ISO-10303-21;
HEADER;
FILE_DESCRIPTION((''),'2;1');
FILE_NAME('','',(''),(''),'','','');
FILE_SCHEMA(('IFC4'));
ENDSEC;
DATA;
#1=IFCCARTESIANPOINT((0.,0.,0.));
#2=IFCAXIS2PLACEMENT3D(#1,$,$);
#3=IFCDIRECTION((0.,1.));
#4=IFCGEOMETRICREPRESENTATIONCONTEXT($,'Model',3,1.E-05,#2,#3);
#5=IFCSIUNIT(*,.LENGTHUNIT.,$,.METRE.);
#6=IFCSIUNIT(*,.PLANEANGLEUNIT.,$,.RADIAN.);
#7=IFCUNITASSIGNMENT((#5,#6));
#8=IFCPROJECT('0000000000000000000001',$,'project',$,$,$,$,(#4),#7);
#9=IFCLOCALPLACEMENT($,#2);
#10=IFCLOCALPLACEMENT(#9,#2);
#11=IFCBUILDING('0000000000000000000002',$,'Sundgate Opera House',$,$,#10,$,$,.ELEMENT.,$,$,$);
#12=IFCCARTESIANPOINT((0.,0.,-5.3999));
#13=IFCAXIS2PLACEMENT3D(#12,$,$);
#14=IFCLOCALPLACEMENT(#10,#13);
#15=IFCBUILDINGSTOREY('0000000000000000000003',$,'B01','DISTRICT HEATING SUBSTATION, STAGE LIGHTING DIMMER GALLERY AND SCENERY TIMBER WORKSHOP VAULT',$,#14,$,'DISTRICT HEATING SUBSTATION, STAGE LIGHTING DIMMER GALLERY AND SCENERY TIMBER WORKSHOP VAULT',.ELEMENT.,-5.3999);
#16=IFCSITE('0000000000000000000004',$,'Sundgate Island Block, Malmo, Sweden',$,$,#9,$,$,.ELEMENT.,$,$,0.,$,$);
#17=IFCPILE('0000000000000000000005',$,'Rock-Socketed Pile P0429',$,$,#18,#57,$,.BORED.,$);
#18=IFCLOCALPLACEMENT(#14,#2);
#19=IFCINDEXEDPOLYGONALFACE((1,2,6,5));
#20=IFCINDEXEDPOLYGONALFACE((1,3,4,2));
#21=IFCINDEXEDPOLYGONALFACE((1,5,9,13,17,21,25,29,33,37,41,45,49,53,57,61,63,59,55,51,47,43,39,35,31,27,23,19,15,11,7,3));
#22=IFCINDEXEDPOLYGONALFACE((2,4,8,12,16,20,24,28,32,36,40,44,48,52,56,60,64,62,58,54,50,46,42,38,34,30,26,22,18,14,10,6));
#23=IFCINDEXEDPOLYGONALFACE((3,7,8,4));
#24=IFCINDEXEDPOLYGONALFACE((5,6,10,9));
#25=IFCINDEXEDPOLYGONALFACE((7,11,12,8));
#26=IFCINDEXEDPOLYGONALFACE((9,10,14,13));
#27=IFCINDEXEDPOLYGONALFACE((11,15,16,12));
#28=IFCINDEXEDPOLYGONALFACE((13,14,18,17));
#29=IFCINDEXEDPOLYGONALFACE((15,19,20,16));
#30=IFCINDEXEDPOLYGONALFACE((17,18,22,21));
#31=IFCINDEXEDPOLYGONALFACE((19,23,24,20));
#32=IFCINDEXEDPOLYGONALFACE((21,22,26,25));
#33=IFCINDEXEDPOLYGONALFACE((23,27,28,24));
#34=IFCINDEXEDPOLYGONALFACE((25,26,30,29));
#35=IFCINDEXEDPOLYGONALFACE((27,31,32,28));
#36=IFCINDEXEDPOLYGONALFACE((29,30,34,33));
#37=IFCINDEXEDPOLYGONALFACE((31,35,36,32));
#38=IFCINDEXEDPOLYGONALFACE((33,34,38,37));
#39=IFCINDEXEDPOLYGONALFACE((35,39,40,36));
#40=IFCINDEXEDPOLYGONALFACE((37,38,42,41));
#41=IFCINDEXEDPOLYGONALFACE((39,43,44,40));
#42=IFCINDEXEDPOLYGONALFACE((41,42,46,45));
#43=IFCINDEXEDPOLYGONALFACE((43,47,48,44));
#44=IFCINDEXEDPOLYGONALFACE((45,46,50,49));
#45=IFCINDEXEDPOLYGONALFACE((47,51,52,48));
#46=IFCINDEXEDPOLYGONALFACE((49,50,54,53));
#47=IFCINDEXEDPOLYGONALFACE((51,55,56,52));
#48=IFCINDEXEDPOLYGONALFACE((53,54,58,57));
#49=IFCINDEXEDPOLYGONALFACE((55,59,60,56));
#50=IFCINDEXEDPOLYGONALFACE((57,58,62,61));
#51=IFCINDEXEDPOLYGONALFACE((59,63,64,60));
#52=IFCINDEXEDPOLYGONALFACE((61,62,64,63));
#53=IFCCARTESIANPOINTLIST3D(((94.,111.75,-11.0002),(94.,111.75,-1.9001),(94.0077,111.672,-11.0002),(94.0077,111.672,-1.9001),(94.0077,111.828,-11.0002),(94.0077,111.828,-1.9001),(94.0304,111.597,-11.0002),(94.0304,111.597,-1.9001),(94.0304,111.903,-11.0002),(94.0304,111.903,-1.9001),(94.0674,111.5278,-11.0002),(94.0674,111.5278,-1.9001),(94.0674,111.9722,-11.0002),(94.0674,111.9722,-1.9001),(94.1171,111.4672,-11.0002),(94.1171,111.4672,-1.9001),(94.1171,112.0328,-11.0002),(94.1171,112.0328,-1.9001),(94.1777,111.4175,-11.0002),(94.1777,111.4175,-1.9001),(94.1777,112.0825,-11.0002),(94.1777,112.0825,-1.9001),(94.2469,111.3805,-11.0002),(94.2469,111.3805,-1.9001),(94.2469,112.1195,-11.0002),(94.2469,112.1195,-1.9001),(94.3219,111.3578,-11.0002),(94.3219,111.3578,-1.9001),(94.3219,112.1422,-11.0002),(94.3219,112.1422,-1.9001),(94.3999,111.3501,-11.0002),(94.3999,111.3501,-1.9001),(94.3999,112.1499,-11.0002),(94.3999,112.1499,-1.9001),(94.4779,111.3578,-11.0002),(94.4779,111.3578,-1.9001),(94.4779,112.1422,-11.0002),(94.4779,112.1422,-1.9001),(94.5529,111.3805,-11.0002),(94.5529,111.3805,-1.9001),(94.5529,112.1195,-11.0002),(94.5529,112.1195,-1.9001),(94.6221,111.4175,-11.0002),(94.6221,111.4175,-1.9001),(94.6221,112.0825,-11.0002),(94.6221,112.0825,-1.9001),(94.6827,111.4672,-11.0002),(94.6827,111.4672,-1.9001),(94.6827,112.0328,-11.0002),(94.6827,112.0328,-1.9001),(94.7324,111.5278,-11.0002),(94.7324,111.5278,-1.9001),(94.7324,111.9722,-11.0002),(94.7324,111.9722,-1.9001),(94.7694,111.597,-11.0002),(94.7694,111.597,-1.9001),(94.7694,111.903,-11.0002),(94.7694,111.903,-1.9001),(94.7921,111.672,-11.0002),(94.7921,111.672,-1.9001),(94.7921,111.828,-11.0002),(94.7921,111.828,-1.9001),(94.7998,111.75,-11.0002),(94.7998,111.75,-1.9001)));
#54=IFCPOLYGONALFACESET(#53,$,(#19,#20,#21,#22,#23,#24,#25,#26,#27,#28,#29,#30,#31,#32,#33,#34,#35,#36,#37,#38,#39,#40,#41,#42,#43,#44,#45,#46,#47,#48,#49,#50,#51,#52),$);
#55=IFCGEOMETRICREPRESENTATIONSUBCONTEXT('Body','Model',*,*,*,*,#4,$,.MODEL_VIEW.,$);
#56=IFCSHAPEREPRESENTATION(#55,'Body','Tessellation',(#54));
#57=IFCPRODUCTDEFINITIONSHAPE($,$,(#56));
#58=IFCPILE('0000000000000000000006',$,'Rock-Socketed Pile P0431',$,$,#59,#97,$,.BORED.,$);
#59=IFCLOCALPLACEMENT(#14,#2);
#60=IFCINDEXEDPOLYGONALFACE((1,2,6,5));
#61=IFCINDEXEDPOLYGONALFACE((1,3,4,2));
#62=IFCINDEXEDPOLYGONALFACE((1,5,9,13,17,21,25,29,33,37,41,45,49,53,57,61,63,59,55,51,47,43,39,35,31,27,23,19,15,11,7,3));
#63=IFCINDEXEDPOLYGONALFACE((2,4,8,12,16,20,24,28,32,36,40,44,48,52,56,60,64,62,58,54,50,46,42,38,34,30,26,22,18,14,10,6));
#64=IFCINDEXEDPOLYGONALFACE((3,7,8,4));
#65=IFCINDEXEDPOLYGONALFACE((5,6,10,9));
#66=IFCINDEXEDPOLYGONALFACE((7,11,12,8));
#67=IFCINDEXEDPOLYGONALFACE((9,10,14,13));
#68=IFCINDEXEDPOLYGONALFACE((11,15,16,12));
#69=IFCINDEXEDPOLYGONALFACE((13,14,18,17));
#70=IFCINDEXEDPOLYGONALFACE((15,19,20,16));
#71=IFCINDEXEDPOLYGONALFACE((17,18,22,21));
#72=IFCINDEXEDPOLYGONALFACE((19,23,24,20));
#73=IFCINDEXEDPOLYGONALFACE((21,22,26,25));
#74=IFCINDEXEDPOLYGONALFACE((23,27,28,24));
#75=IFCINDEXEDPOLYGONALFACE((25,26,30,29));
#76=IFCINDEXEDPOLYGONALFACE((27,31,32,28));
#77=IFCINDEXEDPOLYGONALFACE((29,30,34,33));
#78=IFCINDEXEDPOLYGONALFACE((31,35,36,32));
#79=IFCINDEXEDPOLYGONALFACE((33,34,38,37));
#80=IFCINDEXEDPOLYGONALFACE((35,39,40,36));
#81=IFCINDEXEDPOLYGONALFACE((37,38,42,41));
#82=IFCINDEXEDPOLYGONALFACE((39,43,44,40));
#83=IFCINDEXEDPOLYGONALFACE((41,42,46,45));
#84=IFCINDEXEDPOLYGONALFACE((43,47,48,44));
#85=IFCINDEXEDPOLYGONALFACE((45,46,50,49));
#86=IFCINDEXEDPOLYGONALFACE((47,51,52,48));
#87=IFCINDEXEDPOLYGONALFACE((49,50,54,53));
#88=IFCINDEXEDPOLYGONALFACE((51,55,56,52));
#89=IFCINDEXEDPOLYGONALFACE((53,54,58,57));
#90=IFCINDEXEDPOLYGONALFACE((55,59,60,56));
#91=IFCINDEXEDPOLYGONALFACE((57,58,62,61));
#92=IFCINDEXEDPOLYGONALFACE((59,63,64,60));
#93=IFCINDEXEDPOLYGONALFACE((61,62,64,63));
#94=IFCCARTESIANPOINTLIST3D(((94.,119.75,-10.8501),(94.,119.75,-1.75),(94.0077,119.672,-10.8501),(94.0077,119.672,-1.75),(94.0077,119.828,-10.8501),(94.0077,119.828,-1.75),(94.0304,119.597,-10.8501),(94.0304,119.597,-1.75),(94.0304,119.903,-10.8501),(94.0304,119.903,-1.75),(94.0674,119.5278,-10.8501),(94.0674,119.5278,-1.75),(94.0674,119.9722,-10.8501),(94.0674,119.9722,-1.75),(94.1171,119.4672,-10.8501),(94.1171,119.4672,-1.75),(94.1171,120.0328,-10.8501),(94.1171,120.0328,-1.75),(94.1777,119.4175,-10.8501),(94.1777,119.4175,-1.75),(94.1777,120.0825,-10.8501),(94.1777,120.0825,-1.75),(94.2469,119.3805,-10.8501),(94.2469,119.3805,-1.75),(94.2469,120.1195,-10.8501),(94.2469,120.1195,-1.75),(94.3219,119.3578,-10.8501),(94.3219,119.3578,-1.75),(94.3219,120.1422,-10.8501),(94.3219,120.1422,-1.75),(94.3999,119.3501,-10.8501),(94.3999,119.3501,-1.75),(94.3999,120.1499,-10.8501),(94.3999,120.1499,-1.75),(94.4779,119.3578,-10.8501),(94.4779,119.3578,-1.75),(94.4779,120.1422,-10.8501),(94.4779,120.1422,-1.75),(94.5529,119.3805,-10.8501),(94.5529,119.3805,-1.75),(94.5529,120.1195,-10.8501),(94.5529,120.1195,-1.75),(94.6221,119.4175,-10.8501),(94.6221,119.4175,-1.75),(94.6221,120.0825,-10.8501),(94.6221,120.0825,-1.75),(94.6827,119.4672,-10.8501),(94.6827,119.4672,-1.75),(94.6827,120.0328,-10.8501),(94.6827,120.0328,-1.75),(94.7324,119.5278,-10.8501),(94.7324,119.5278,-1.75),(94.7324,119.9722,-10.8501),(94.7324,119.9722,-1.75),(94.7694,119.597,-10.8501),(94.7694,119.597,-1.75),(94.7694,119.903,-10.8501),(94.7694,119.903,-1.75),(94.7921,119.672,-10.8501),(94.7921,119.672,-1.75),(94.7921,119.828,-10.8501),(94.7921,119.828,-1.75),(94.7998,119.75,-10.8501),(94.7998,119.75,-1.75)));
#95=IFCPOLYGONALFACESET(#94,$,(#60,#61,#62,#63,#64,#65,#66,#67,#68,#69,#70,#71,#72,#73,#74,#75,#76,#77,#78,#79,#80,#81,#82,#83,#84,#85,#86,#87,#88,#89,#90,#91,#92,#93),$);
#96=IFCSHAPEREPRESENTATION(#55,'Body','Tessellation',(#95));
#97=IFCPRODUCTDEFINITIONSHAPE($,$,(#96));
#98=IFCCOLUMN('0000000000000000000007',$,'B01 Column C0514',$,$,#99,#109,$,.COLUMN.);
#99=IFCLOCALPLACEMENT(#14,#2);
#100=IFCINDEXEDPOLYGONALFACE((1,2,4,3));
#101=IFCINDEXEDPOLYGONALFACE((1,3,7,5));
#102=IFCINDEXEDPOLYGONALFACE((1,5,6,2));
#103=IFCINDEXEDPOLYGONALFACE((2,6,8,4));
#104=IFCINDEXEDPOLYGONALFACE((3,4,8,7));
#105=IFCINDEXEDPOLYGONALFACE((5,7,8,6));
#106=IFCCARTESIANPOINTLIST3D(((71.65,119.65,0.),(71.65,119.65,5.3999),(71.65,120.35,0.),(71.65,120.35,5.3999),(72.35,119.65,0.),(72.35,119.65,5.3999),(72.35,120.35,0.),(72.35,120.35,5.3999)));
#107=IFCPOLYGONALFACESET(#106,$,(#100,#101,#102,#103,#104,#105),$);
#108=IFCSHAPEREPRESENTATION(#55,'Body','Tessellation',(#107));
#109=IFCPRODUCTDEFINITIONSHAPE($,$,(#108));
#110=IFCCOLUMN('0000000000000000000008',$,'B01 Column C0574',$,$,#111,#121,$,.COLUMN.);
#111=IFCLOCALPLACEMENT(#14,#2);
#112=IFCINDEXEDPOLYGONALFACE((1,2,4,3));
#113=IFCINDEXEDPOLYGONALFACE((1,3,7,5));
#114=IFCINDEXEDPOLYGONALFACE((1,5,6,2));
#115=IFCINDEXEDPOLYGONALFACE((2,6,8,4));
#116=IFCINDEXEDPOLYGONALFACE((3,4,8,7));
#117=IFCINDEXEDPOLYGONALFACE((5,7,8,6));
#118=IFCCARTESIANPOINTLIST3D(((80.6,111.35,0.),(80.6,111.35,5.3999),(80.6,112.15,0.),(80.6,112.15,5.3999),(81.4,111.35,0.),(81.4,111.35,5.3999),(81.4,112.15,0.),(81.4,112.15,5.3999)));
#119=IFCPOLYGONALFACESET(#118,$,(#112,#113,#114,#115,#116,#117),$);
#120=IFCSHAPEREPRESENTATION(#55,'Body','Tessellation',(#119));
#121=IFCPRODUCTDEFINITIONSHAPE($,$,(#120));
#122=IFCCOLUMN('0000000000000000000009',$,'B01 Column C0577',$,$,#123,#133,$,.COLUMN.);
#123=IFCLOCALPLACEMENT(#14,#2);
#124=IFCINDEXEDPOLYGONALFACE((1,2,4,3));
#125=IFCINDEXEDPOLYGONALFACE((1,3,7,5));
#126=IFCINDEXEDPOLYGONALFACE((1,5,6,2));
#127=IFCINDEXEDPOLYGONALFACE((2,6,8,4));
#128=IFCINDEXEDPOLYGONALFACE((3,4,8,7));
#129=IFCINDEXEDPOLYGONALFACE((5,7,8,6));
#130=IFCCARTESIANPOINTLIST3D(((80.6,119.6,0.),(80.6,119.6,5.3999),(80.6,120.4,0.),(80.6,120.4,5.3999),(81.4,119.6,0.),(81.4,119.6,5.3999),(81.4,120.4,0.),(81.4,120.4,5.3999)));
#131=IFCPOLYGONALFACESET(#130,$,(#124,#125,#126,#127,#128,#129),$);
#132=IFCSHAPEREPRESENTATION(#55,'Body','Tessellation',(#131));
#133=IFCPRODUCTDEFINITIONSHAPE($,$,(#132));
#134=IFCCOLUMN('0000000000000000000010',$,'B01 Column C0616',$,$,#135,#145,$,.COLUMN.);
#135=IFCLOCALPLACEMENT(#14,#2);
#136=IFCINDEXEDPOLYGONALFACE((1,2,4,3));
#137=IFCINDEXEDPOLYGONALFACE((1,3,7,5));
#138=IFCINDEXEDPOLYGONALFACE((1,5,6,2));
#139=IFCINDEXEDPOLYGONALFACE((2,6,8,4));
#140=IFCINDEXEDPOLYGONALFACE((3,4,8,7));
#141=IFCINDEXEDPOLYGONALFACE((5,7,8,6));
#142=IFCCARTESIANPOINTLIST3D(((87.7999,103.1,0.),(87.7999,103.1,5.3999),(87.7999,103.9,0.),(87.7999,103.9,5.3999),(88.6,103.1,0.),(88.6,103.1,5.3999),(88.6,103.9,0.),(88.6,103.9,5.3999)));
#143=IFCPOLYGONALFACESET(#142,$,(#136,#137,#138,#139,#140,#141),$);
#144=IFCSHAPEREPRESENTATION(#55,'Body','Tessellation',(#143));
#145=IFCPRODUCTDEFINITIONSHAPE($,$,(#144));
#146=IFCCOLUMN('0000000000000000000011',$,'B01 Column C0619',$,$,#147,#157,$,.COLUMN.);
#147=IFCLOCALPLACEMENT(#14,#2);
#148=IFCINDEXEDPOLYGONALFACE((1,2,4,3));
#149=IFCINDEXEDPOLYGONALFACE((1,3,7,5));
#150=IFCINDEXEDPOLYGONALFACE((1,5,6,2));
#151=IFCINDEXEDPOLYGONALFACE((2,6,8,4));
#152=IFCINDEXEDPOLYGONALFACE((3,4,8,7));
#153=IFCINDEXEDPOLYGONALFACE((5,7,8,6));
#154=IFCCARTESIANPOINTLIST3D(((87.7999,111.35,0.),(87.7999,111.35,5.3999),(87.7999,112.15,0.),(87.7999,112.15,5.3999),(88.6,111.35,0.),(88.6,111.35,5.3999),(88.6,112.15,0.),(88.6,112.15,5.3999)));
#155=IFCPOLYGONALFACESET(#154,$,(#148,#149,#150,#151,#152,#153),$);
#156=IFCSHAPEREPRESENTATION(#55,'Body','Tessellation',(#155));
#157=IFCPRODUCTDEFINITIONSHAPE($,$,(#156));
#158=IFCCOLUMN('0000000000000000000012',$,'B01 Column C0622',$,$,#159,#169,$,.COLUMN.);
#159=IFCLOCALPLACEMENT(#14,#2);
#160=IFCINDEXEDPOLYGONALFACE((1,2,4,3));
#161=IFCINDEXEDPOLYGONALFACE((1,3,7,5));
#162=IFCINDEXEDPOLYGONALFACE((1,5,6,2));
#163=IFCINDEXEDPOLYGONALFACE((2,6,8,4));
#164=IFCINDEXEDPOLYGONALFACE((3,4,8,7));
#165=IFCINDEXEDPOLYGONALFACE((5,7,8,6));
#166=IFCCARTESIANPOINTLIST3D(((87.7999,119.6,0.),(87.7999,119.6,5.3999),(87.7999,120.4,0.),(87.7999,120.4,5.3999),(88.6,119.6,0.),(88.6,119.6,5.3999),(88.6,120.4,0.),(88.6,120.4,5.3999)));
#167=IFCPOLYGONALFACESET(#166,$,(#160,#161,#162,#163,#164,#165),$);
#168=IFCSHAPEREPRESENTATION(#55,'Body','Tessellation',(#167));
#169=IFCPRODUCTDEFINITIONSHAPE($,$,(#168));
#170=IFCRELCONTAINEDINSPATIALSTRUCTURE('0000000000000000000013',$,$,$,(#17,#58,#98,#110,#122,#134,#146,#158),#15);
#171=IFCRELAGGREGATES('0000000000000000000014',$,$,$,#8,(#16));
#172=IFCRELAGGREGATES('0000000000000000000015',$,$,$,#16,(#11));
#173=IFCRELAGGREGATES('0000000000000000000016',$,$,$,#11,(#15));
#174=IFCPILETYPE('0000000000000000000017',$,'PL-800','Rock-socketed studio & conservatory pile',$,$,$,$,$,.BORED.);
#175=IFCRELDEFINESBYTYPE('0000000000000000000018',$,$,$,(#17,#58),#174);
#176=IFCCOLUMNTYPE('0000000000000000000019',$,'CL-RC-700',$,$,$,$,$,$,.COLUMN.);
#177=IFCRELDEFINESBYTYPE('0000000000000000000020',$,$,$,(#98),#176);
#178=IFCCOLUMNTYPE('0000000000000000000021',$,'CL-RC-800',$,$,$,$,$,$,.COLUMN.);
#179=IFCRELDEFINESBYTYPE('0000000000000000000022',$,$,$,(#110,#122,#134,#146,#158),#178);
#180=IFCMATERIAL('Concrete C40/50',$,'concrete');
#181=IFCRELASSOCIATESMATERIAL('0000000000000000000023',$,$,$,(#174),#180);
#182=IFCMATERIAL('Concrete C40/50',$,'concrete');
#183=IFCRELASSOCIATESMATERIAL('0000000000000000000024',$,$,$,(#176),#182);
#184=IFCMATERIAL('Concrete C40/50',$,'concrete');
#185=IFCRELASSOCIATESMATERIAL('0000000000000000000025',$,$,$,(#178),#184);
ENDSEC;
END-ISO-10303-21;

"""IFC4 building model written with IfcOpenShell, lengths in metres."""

from ifc_helpers import new_model, si_unit, direction, frame, origin, origin_2d, place, context, subcontext, project, spatial, rectangle, circle, extrude, material, material_profile, profile_set, type_object, element, save


model = new_model("IFC4")

# Units and contexts
model_context = context("Model", 3, precision=1e-05, world=origin(), true_north=direction((0.0, 1.0)))
body_context = subcontext(model_context, "Body", "Model", "MODEL_VIEW")
ifc_project = project(units=[si_unit("LENGTHUNIT", "METRE"), si_unit("PLANEANGLEUNIT", "RADIAN")], contexts=[model_context])

# Site, building, storey
site_placement = place(None, origin())
site = spatial("IfcSite", under=ifc_project, at=site_placement, Name="Sundgate Island Block, Malmo, Sweden", CompositionType="ELEMENT", RefElevation=0.0)
building_placement = place(site_placement, origin())
building = spatial("IfcBuilding", under=site, at=building_placement, Name="Sundgate Opera House", CompositionType="ELEMENT")
storey_placement = place(building_placement, frame((0.0, 0.0, -5.3999)))
storey = spatial("IfcBuildingStorey", under=building, at=storey_placement, Name="B01", Description="DISTRICT HEATING SUBSTATION, STAGE LIGHTING DIMMER GALLERY AND SCENERY TIMBER WORKSHOP VAULT", LongName="DISTRICT HEATING SUBSTATION, STAGE LIGHTING DIMMER GALLERY AND SCENERY TIMBER WORKSHOP VAULT", CompositionType="ELEMENT", Elevation=-5.3999)

# Piles
ifc_material_1 = material(Name="Concrete C40/50", Category="concrete")
ifc_material_profile_1 = material_profile(ifc_material_1, circle(Radius=0.3999, at=origin_2d()), Name="PILE D800")
ifc_profile_set_1 = profile_set([ifc_material_profile_1], Name="Concrete C40/50")
pile_type_1 = type_object("IfcPileType", Name="PL-800", Description="Rock-socketed studio & conservatory pile", PredefinedType="BORED", material=ifc_profile_set_1)
for number, where, z_axis, x_axis, name in (
    (1, (94.3999, 111.75, -1.9001), (0.0, 0.0, -1.0), (1.0, 0.0, 0.0), "Rock-Socketed Pile P0429"),
    (2, (94.3999, 119.75, -1.75), (0.0, 0.0, -1.0), (1.0, 0.0, 0.0), "Rock-Socketed Pile P0431"),
):
    element("IfcPile", number, at=place(storey_placement, frame(where, z_axis=z_axis, x_axis=x_axis)), inside=storey, type_object=pile_type_1, Name=name, PredefinedType="BORED", context=body_context, shape_type="SweptSolid", body=[
        extrude(circle(Radius=0.3999, at=origin_2d()), origin(), (0.0, 0.0, 1.0), 9.1001),
    ])

# Columns
ifc_material_2 = material(Name="Concrete C40/50", Category="concrete")
ifc_material_profile_2 = material_profile(ifc_material_2, rectangle(XDim=0.7, YDim=0.7, at=origin_2d()), Name="RC 700x700")
ifc_profile_set_2 = profile_set([ifc_material_profile_2], Name="Concrete C40/50")
column_type_1 = type_object("IfcColumnType", Name="CL-RC-700", PredefinedType="COLUMN", material=ifc_profile_set_2)
column_placement = place(storey_placement, frame((72.0, 120.0, 0.0), z_axis=(0.0, 0.0, 1.0), x_axis=(1.0, 0.0, 0.0)))
element("IfcColumn", 3, at=column_placement, inside=storey, type_object=column_type_1, Name="B01 Column C0514", PredefinedType="COLUMN", context=body_context, shape_type="SweptSolid", body=[
    extrude(rectangle(XDim=0.7, YDim=0.7, at=origin_2d()), origin(), (0.0, 0.0, 1.0), 5.3999),
])
ifc_material_3 = material(Name="Concrete C40/50", Category="concrete")
ifc_material_profile_3 = material_profile(ifc_material_3, rectangle(XDim=0.8, YDim=0.8, at=origin_2d()), Name="RC 800x800")
ifc_profile_set_3 = profile_set([ifc_material_profile_3], Name="Concrete C40/50")
column_type_2 = type_object("IfcColumnType", Name="CL-RC-800", PredefinedType="COLUMN", material=ifc_profile_set_3)
for number, where, z_axis, x_axis, name in (
    (4, (81.0, 111.75, 0.0), (0.0, 0.0, 1.0), (1.0, 0.0, 0.0), "B01 Column C0574"),
    (5, (81.0, 120.0, 0.0), (0.0, 0.0, 1.0), (1.0, 0.0, 0.0), "B01 Column C0577"),
    (6, (88.2, 103.5, 0.0), (0.0, 0.0, 1.0), (1.0, 0.0, 0.0), "B01 Column C0616"),
    (7, (88.2, 111.75, 0.0), (0.0, 0.0, 1.0), (1.0, 0.0, 0.0), "B01 Column C0619"),
    (8, (88.2, 120.0, 0.0), (0.0, 0.0, 1.0), (1.0, 0.0, 0.0), "B01 Column C0622"),
):
    element("IfcColumn", number, at=place(storey_placement, frame(where, z_axis=z_axis, x_axis=x_axis)), inside=storey, type_object=column_type_2, Name=name, PredefinedType="COLUMN", context=body_context, shape_type="SweptSolid", body=[
        extrude(rectangle(XDim=0.8, YDim=0.8, at=origin_2d()), origin(), (0.0, 0.0, 1.0), 5.3999),
    ])

save(model, "model.ifc")
